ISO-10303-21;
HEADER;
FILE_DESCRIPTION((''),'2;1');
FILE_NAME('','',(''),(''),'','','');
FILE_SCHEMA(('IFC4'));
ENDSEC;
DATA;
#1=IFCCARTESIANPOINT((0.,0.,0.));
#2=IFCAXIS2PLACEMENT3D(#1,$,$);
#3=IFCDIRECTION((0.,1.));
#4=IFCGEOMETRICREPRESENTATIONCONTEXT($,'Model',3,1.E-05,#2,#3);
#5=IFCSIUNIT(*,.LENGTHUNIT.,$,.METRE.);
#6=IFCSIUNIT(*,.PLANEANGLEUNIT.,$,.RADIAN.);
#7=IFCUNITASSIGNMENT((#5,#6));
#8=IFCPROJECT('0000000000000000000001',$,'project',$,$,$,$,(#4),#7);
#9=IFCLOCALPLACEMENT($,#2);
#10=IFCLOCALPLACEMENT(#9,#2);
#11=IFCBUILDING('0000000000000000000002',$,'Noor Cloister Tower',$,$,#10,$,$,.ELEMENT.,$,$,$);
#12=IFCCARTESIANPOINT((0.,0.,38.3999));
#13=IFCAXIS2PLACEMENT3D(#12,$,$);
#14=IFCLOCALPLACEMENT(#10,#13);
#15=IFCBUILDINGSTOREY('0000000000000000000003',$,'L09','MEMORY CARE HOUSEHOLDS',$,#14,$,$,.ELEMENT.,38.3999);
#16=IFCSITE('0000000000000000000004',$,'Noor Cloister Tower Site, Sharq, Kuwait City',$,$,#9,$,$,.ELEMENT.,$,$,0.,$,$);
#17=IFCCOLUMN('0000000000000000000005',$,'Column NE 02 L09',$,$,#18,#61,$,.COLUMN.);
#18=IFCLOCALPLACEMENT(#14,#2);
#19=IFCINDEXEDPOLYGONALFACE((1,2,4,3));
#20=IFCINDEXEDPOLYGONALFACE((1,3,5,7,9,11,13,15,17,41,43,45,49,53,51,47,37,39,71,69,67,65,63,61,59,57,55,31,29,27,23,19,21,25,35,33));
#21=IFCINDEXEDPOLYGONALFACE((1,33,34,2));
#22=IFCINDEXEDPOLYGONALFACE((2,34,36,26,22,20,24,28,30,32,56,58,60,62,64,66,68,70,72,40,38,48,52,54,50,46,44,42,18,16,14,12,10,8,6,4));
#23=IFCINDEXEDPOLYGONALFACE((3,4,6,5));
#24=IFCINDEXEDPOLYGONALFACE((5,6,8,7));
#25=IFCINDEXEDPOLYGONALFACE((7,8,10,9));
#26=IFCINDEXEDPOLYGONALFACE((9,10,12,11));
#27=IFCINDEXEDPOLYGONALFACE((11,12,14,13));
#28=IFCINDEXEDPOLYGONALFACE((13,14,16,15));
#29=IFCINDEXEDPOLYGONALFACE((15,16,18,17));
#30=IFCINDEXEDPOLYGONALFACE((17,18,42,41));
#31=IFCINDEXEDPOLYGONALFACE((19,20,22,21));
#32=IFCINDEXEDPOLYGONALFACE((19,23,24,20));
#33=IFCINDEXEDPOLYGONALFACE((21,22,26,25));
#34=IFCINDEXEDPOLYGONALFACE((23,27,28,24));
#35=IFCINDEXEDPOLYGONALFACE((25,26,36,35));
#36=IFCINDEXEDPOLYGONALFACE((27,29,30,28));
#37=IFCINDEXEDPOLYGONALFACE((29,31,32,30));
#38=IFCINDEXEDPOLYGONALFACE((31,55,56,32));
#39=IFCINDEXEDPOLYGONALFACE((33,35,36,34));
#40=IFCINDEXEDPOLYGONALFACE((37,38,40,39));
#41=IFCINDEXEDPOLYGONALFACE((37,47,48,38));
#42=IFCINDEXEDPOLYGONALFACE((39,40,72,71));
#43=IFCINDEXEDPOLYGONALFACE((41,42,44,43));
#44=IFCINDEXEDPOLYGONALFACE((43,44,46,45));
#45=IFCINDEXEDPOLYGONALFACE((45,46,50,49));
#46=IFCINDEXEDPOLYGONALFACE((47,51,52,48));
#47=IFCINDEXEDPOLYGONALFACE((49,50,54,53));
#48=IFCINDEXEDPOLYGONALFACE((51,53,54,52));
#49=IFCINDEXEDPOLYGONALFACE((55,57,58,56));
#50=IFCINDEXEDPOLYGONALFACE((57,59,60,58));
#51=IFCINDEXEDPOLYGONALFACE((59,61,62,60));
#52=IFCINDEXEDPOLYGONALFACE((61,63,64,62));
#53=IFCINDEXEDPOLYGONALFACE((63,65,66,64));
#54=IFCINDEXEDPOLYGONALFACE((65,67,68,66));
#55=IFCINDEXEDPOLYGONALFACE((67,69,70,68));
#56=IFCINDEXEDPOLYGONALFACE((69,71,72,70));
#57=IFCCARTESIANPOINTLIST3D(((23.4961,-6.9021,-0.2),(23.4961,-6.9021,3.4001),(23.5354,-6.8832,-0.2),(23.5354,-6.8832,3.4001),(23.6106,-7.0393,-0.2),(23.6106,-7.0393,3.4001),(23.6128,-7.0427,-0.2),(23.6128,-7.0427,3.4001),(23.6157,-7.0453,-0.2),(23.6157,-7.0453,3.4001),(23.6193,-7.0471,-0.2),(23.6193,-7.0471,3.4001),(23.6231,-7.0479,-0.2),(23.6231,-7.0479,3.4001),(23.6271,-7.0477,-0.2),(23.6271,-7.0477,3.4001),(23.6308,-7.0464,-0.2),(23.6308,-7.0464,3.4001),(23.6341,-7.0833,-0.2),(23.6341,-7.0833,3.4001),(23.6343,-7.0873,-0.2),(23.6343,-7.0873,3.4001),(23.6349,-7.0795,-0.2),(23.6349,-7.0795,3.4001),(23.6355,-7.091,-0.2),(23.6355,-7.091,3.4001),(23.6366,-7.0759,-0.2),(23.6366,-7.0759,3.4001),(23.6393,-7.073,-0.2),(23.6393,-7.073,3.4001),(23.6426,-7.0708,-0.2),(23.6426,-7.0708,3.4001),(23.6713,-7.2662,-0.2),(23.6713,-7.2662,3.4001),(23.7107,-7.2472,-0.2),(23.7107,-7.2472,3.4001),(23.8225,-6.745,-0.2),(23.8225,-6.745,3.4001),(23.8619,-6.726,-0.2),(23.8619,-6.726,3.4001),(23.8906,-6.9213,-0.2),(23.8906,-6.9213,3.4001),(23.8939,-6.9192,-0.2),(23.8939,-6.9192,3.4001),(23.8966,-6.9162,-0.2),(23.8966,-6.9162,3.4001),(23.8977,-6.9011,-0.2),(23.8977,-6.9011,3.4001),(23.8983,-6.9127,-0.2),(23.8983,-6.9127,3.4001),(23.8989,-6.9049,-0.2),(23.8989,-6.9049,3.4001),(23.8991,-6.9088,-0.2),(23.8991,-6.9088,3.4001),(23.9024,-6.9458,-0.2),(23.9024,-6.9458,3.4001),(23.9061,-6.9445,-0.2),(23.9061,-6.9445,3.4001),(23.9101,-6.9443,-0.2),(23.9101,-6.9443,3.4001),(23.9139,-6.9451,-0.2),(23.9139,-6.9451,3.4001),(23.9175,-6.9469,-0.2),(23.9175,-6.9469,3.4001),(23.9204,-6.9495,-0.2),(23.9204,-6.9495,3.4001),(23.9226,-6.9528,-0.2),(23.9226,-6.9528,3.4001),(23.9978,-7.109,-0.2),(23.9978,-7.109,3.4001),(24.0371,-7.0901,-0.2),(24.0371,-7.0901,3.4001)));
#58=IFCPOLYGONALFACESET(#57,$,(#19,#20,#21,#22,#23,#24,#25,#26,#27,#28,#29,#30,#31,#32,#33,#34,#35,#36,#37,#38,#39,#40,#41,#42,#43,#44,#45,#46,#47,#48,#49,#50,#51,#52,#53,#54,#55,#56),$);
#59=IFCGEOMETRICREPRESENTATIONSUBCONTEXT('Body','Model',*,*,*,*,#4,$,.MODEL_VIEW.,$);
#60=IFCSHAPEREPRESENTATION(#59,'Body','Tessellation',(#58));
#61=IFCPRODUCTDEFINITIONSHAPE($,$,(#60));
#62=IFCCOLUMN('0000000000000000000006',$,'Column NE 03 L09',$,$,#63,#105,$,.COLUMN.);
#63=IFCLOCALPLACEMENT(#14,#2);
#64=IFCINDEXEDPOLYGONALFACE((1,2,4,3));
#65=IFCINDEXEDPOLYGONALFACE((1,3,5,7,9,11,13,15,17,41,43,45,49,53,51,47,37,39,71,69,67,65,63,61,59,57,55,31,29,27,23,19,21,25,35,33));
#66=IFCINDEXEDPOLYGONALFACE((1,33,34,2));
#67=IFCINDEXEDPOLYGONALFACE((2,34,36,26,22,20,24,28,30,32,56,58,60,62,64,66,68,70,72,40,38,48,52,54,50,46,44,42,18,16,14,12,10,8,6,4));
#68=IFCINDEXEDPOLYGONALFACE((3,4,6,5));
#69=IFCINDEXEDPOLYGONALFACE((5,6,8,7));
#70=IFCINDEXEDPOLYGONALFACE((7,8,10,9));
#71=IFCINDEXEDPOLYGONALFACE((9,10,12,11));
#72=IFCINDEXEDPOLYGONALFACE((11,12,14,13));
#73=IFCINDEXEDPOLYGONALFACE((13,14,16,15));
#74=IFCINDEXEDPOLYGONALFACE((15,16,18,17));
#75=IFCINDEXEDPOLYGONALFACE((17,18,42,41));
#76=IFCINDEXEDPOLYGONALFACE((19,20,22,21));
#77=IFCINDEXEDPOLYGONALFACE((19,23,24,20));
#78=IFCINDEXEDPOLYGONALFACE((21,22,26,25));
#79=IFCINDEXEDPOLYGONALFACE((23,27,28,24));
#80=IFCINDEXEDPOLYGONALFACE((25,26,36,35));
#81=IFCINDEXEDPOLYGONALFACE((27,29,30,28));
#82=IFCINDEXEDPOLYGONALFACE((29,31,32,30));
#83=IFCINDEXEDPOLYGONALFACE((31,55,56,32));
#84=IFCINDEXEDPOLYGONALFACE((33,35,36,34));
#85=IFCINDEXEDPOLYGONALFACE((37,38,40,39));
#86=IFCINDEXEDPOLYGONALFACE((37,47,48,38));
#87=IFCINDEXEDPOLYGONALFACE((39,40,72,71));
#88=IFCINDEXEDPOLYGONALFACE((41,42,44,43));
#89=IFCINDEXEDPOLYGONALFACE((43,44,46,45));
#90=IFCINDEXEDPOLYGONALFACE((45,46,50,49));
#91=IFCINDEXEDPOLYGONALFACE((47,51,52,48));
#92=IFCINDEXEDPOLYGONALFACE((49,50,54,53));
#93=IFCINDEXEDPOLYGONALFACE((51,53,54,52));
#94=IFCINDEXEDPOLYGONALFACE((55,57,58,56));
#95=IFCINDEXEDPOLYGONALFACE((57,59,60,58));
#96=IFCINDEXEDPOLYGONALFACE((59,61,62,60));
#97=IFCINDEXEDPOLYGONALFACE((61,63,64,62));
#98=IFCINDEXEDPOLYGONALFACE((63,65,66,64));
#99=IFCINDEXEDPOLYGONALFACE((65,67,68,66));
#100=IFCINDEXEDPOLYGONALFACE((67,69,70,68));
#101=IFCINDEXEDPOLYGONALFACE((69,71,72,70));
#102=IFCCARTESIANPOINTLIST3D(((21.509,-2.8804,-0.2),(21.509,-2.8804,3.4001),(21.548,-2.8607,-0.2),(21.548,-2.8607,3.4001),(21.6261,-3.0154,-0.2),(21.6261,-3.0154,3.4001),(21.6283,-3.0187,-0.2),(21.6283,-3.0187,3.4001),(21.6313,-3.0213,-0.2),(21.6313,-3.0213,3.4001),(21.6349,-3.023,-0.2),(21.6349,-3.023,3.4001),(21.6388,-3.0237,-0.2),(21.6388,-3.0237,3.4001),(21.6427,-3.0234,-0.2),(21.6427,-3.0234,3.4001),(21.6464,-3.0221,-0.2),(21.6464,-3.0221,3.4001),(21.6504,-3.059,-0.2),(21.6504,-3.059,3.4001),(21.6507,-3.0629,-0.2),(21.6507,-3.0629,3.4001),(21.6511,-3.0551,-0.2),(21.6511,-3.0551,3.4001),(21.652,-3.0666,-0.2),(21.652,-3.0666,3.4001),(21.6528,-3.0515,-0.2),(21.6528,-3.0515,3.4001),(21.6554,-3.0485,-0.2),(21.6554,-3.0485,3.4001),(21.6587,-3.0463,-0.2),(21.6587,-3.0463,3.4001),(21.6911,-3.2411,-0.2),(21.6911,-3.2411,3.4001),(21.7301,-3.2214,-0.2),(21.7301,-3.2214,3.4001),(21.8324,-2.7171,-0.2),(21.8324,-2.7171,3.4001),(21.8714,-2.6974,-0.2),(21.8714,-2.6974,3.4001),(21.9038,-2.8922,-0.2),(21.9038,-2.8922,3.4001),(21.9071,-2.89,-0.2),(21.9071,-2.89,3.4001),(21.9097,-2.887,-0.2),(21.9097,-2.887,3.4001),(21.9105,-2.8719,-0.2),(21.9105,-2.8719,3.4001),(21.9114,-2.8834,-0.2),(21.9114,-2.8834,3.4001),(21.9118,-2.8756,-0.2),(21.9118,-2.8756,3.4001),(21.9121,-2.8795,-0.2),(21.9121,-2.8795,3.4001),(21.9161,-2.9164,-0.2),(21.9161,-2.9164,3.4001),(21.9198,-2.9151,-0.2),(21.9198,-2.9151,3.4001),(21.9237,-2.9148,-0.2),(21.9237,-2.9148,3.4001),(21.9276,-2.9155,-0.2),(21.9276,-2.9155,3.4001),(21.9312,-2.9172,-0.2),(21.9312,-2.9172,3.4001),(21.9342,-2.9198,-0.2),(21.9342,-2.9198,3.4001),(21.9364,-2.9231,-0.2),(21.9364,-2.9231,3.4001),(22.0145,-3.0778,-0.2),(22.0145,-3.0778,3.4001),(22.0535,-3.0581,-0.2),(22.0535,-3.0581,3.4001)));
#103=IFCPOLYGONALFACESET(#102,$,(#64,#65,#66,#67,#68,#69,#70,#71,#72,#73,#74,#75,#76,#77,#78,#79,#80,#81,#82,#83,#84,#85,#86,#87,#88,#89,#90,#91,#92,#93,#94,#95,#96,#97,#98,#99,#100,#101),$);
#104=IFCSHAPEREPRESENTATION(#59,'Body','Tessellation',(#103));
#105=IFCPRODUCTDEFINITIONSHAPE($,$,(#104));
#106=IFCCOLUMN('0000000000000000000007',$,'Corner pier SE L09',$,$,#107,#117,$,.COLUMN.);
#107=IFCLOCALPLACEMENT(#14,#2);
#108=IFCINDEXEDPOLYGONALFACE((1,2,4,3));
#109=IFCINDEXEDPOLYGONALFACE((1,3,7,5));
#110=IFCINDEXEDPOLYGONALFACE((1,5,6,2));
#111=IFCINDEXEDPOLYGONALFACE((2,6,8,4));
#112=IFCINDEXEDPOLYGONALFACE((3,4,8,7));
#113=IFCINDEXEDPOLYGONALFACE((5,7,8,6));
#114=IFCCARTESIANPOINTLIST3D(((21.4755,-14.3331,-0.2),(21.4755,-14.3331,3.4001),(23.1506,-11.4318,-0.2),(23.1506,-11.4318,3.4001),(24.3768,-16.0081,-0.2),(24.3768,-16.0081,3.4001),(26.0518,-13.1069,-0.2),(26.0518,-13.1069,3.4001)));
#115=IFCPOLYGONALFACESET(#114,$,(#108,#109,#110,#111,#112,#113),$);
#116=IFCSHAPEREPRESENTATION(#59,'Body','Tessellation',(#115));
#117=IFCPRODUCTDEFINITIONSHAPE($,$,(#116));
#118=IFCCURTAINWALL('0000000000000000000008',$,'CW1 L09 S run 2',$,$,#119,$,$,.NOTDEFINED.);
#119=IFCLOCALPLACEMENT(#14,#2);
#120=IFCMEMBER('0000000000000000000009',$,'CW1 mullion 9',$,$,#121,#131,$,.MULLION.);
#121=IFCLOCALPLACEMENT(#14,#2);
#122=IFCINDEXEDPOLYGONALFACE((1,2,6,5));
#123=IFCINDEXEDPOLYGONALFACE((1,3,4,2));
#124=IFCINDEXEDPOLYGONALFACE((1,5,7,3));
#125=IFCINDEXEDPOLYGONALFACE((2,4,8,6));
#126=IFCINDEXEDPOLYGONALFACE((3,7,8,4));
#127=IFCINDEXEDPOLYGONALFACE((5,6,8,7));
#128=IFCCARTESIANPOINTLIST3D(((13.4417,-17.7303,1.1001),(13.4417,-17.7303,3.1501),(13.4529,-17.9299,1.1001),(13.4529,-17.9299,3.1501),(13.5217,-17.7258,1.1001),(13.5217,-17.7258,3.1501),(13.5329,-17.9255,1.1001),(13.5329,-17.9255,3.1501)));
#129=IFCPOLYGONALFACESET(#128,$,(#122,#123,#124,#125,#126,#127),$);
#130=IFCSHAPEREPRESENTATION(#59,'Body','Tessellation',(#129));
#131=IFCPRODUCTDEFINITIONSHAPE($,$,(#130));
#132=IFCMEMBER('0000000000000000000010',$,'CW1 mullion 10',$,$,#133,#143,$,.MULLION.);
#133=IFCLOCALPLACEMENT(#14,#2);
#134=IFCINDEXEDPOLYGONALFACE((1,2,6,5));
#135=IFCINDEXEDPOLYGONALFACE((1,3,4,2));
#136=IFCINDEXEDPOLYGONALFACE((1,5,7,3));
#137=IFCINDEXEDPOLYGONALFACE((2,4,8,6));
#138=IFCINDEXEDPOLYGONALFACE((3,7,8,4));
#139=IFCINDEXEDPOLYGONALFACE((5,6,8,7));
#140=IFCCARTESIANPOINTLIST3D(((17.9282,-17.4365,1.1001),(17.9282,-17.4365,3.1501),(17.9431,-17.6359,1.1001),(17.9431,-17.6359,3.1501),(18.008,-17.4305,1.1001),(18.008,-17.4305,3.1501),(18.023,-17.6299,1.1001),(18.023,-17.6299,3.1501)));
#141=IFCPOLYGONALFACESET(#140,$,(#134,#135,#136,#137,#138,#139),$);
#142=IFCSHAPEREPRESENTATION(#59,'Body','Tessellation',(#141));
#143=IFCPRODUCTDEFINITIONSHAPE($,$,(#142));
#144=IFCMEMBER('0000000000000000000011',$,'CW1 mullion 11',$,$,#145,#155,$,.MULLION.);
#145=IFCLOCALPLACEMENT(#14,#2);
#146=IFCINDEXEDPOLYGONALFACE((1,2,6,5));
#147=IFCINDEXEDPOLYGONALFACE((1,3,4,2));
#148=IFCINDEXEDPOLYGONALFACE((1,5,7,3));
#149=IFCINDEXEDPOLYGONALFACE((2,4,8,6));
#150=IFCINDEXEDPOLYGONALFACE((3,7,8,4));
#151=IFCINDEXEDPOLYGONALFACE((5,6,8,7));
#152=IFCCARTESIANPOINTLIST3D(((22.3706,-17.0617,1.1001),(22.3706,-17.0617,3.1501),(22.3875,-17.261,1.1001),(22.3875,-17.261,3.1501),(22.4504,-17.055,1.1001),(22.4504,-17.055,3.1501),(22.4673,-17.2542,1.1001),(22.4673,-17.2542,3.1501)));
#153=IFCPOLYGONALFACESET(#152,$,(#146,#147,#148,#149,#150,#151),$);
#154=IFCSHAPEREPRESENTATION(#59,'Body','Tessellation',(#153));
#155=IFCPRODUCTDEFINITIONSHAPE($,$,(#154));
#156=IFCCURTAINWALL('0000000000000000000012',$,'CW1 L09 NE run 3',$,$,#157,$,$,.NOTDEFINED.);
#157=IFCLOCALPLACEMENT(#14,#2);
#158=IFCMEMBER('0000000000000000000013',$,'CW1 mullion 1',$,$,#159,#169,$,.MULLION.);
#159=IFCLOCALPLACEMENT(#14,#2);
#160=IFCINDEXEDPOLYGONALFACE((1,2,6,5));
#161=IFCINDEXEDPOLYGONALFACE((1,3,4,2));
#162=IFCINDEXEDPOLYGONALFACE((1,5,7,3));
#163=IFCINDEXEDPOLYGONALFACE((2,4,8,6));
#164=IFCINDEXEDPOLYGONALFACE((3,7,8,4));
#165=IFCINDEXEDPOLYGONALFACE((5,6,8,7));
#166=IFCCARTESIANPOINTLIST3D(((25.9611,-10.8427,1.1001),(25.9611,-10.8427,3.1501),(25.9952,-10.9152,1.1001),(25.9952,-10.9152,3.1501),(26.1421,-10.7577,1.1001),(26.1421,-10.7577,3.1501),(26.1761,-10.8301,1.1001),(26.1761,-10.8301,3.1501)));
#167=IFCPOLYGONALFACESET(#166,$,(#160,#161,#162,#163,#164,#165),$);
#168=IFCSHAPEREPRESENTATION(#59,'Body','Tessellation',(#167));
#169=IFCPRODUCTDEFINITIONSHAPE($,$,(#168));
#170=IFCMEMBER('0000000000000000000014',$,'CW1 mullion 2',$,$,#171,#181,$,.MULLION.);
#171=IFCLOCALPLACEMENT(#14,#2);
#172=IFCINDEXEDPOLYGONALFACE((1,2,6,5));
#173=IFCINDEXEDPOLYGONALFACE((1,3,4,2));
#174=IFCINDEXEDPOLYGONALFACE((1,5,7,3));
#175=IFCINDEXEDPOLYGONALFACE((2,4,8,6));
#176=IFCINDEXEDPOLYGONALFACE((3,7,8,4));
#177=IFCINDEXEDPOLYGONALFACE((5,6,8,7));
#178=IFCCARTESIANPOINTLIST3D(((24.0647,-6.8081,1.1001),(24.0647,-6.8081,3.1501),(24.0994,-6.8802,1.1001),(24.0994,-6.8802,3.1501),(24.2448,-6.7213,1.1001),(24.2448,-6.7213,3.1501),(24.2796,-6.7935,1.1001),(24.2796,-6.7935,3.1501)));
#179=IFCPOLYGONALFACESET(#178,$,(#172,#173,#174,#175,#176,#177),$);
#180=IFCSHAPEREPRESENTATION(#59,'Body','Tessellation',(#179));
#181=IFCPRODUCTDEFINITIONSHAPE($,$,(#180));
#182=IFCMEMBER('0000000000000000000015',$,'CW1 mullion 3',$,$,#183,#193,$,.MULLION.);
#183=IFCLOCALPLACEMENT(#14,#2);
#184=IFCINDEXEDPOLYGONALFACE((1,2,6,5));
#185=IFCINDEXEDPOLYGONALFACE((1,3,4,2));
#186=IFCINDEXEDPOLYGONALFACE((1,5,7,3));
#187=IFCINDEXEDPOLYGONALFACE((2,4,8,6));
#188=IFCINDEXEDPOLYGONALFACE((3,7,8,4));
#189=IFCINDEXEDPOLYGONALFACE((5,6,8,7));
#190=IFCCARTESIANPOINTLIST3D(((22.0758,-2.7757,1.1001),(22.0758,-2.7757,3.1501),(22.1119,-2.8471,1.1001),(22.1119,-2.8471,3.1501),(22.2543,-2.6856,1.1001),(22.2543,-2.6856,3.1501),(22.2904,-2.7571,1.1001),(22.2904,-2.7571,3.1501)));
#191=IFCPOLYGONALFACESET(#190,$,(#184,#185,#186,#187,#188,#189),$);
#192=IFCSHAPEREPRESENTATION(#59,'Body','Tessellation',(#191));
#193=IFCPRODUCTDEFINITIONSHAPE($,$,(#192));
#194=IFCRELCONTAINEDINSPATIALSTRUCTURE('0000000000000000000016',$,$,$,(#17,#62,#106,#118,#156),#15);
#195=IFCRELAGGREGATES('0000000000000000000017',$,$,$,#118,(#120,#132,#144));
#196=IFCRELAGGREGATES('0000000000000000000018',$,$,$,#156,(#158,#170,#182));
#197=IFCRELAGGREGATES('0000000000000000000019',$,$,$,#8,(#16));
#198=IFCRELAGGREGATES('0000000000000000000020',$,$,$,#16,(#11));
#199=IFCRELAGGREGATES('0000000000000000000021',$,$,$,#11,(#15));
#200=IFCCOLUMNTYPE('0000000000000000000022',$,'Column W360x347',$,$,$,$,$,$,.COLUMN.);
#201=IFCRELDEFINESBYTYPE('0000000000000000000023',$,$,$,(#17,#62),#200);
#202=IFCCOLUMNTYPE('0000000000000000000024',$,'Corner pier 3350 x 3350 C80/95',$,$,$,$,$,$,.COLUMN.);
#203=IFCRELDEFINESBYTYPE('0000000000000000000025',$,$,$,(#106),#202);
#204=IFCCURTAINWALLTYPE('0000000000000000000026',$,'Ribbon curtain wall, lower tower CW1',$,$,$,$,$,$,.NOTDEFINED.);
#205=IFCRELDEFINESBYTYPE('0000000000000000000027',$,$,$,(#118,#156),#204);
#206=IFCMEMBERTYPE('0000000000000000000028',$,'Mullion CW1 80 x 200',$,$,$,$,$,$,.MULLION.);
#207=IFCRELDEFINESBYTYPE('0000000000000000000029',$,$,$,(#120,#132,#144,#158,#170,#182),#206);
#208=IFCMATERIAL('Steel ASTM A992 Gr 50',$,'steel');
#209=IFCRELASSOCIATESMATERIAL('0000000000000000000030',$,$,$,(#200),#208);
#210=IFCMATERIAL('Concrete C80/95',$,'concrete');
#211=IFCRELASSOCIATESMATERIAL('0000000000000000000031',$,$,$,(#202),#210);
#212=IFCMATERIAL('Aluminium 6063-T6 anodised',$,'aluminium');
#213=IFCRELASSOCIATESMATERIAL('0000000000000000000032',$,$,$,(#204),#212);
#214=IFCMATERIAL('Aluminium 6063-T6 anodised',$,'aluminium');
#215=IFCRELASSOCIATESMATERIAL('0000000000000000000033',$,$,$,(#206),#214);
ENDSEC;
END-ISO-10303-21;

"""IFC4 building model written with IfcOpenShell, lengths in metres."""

from ifc_helpers import new_model, si_unit, direction, frame, origin, origin_2d, place, context, subcontext, project, spatial, rectangle, i_section, extrude, material, material_profile, profile_set, type_object, element, aggregate, save


model = new_model("IFC4")

# Units and contexts
model_context = context("Model", 3, precision=1e-05, world=origin(), true_north=direction((0.0, 1.0)))
body_context = subcontext(model_context, "Body", "Model", "MODEL_VIEW")
ifc_project = project(units=[si_unit("LENGTHUNIT", "METRE"), si_unit("PLANEANGLEUNIT", "RADIAN")], contexts=[model_context])

# Site, building, storey
site_placement = place(None, origin())
site = spatial("IfcSite", under=ifc_project, at=site_placement, Name="Noor Cloister Tower Site, Sharq, Kuwait City", CompositionType="ELEMENT", RefElevation=0.0)
building_placement = place(site_placement, origin())
building = spatial("IfcBuilding", under=site, at=building_placement, Name="Noor Cloister Tower", CompositionType="ELEMENT")
storey_placement = place(building_placement, frame((0.0, 0.0, 38.3999)))
storey = spatial("IfcBuildingStorey", under=building, at=storey_placement, Name="L09", Description="MEMORY CARE HOUSEHOLDS", CompositionType="ELEMENT", Elevation=38.3999)

# Columns
ifc_material_1 = material(Name="Steel ASTM A992 Gr 50", Category="steel")
ifc_material_profile_1 = material_profile(ifc_material_1, i_section(OverallWidth=0.4041, OverallDepth=0.406, WebThickness=0.0271, FlangeThickness=0.0437, FilletRadius=0.0151, at=origin_2d()), Name="W360x347")
ifc_profile_set_1 = profile_set([ifc_material_profile_1], Name="Steel ASTM A992 Gr 50")
column_type_1 = type_object("IfcColumnType", Name="Column W360x347", PredefinedType="COLUMN", material=ifc_profile_set_1)
for number, where, z_axis, x_axis, name in (
    (1, (23.7666, -6.9961, -0.2), (0.0, 0.0, 1.0), (-0.433785, 0.901017, 0.0), "Column NE 02 L09"),
    (2, (21.7812, -2.9692, -0.2), (0.0, 0.0, 1.0), (-0.450581, 0.892735, 0.0), "Column NE 03 L09"),
):
    element("IfcColumn", number, at=place(storey_placement, frame(where, z_axis=z_axis, x_axis=x_axis)), inside=storey, type_object=column_type_1, Name=name, PredefinedType="COLUMN", context=body_context, shape_type="SweptSolid", body=[
        extrude(i_section(OverallWidth=0.4041, OverallDepth=0.406, WebThickness=0.0271, FlangeThickness=0.0437, FilletRadius=0.0151, at=origin_2d()), origin(), (0.0, 0.0, 1.0), 3.6001),
    ])
ifc_material_2 = material(Name="Concrete C80/95", Category="concrete")
ifc_material_profile_2 = material_profile(ifc_material_2, rectangle(XDim=3.3501, YDim=3.3501, at=origin_2d()), Name="RC 3350x3350")
ifc_profile_set_2 = profile_set([ifc_material_profile_2], Name="Concrete C80/95")
column_type_2 = type_object("IfcColumnType", Name="Corner pier 3350 x 3350 C80/95", PredefinedType="COLUMN", material=ifc_profile_set_2)
column_placement = place(storey_placement, frame((23.7637, -13.72, -0.2), z_axis=(0.0, 0.0, 1.0), x_axis=(0.866025, -0.5, 0.0)))
element("IfcColumn", 3, at=column_placement, inside=storey, type_object=column_type_2, Name="Corner pier SE L09", PredefinedType="COLUMN", context=body_context, shape_type="SweptSolid", body=[
    extrude(rectangle(XDim=3.3501, YDim=3.3501, at=origin_2d()), origin(), (0.0, 0.0, 1.0), 3.6001),
])

# Curtain walls, members
ifc_material_3 = material(Name="Aluminium 6063-T6 anodised", Category="aluminium")
curtain_wall_type = type_object("IfcCurtainWallType", Name="Ribbon curtain wall, lower tower CW1", PredefinedType="NOTDEFINED", material=ifc_material_3)
curtain_wall_1_placement = place(storey_placement, origin())
curtain_wall_1 = element("IfcCurtainWall", 4, at=curtain_wall_1_placement, inside=storey, type_object=curtain_wall_type, Name="CW1 L09 S run 2", PredefinedType="NOTDEFINED")
ifc_material_4 = material(Name="Aluminium 6063-T6 anodised", Category="aluminium")
ifc_material_profile_3 = material_profile(ifc_material_4, rectangle(XDim=0.2, YDim=0.0801, at=origin_2d()), Name="200 x 80 mullion")
ifc_profile_set_3 = profile_set([ifc_material_profile_3], Name="Aluminium 6063-T6 anodised")
member_type = type_object("IfcMemberType", Name="Mullion CW1 80 x 200", PredefinedType="MULLION", material=ifc_profile_set_3)
member_1_placement = place(storey_placement, frame((13.4873, -17.8279, 1.1001), z_axis=(0.0, 0.0, 1.0), x_axis=(-0.056153, 0.998422, 0.0)))
member_1 = element("IfcMember", 5, at=member_1_placement, type_object=member_type, Name="CW1 mullion 9", PredefinedType="MULLION", context=body_context, shape_type="SweptSolid", body=[
    extrude(rectangle(XDim=0.2, YDim=0.0801, at=origin_2d()), origin(), (0.0, 0.0, 1.0), 2.05),
])
member_2_placement = place(storey_placement, frame((17.9756, -17.5332, 1.1001), z_axis=(0.0, 0.0, 1.0), x_axis=(-0.07484, 0.997196, 0.0)))
member_2 = element("IfcMember", 6, at=member_2_placement, type_object=member_type, Name="CW1 mullion 10", PredefinedType="MULLION", context=body_context, shape_type="SweptSolid", body=[
    extrude(rectangle(XDim=0.2, YDim=0.0801, at=origin_2d()), origin(), (0.0, 0.0, 1.0), 2.05),
])
member_3_placement = place(storey_placement, frame((22.4189, -17.158, 1.1001), z_axis=(0.0, 0.0, 1.0), x_axis=(-0.084174, 0.996451, 0.0)))
member_3 = element("IfcMember", 7, at=member_3_placement, type_object=member_type, Name="CW1 mullion 11", PredefinedType="MULLION", context=body_context, shape_type="SweptSolid", body=[
    extrude(rectangle(XDim=0.2, YDim=0.0801, at=origin_2d()), origin(), (0.0, 0.0, 1.0), 2.05),
])
curtain_wall_2_placement = place(storey_placement, origin())
curtain_wall_2 = element("IfcCurtainWall", 8, at=curtain_wall_2_placement, inside=storey, type_object=curtain_wall_type, Name="CW1 L09 NE run 3", PredefinedType="NOTDEFINED")
member_4_placement = place(storey_placement, frame((26.0686, -10.8364, 1.1001), z_axis=(0.0, 0.0, 1.0), x_axis=(-0.905039, -0.425329, 0.0)))
member_4 = element("IfcMember", 9, at=member_4_placement, type_object=member_type, Name="CW1 mullion 1", PredefinedType="MULLION", context=body_context, shape_type="SweptSolid", body=[
    extrude(rectangle(XDim=0.2, YDim=0.0801, at=origin_2d()), origin(), (0.0, 0.0, 1.0), 2.05),
])
member_5_placement = place(storey_placement, frame((24.1721, -6.8008, 1.1001), z_axis=(0.0, 0.0, 1.0), x_axis=(-0.901017, -0.433785, 0.0)))
member_5 = element("IfcMember", 10, at=member_5_placement, type_object=member_type, Name="CW1 mullion 2", PredefinedType="MULLION", context=body_context, shape_type="SweptSolid", body=[
    extrude(rectangle(XDim=0.2, YDim=0.0801, at=origin_2d()), origin(), (0.0, 0.0, 1.0), 2.05),
])
member_6_placement = place(storey_placement, frame((22.1831, -2.7664, 1.1001), z_axis=(0.0, 0.0, 1.0), x_axis=(-0.892735, -0.450581, 0.0)))
member_6 = element("IfcMember", 11, at=member_6_placement, type_object=member_type, Name="CW1 mullion 3", PredefinedType="MULLION", context=body_context, shape_type="SweptSolid", body=[
    extrude(rectangle(XDim=0.2, YDim=0.0801, at=origin_2d()), origin(), (0.0, 0.0, 1.0), 2.05),
])

aggregate(curtain_wall_1, [member_1, member_2, member_3])
aggregate(curtain_wall_2, [member_4, member_5, member_6])

save(model, "model.ifc")
